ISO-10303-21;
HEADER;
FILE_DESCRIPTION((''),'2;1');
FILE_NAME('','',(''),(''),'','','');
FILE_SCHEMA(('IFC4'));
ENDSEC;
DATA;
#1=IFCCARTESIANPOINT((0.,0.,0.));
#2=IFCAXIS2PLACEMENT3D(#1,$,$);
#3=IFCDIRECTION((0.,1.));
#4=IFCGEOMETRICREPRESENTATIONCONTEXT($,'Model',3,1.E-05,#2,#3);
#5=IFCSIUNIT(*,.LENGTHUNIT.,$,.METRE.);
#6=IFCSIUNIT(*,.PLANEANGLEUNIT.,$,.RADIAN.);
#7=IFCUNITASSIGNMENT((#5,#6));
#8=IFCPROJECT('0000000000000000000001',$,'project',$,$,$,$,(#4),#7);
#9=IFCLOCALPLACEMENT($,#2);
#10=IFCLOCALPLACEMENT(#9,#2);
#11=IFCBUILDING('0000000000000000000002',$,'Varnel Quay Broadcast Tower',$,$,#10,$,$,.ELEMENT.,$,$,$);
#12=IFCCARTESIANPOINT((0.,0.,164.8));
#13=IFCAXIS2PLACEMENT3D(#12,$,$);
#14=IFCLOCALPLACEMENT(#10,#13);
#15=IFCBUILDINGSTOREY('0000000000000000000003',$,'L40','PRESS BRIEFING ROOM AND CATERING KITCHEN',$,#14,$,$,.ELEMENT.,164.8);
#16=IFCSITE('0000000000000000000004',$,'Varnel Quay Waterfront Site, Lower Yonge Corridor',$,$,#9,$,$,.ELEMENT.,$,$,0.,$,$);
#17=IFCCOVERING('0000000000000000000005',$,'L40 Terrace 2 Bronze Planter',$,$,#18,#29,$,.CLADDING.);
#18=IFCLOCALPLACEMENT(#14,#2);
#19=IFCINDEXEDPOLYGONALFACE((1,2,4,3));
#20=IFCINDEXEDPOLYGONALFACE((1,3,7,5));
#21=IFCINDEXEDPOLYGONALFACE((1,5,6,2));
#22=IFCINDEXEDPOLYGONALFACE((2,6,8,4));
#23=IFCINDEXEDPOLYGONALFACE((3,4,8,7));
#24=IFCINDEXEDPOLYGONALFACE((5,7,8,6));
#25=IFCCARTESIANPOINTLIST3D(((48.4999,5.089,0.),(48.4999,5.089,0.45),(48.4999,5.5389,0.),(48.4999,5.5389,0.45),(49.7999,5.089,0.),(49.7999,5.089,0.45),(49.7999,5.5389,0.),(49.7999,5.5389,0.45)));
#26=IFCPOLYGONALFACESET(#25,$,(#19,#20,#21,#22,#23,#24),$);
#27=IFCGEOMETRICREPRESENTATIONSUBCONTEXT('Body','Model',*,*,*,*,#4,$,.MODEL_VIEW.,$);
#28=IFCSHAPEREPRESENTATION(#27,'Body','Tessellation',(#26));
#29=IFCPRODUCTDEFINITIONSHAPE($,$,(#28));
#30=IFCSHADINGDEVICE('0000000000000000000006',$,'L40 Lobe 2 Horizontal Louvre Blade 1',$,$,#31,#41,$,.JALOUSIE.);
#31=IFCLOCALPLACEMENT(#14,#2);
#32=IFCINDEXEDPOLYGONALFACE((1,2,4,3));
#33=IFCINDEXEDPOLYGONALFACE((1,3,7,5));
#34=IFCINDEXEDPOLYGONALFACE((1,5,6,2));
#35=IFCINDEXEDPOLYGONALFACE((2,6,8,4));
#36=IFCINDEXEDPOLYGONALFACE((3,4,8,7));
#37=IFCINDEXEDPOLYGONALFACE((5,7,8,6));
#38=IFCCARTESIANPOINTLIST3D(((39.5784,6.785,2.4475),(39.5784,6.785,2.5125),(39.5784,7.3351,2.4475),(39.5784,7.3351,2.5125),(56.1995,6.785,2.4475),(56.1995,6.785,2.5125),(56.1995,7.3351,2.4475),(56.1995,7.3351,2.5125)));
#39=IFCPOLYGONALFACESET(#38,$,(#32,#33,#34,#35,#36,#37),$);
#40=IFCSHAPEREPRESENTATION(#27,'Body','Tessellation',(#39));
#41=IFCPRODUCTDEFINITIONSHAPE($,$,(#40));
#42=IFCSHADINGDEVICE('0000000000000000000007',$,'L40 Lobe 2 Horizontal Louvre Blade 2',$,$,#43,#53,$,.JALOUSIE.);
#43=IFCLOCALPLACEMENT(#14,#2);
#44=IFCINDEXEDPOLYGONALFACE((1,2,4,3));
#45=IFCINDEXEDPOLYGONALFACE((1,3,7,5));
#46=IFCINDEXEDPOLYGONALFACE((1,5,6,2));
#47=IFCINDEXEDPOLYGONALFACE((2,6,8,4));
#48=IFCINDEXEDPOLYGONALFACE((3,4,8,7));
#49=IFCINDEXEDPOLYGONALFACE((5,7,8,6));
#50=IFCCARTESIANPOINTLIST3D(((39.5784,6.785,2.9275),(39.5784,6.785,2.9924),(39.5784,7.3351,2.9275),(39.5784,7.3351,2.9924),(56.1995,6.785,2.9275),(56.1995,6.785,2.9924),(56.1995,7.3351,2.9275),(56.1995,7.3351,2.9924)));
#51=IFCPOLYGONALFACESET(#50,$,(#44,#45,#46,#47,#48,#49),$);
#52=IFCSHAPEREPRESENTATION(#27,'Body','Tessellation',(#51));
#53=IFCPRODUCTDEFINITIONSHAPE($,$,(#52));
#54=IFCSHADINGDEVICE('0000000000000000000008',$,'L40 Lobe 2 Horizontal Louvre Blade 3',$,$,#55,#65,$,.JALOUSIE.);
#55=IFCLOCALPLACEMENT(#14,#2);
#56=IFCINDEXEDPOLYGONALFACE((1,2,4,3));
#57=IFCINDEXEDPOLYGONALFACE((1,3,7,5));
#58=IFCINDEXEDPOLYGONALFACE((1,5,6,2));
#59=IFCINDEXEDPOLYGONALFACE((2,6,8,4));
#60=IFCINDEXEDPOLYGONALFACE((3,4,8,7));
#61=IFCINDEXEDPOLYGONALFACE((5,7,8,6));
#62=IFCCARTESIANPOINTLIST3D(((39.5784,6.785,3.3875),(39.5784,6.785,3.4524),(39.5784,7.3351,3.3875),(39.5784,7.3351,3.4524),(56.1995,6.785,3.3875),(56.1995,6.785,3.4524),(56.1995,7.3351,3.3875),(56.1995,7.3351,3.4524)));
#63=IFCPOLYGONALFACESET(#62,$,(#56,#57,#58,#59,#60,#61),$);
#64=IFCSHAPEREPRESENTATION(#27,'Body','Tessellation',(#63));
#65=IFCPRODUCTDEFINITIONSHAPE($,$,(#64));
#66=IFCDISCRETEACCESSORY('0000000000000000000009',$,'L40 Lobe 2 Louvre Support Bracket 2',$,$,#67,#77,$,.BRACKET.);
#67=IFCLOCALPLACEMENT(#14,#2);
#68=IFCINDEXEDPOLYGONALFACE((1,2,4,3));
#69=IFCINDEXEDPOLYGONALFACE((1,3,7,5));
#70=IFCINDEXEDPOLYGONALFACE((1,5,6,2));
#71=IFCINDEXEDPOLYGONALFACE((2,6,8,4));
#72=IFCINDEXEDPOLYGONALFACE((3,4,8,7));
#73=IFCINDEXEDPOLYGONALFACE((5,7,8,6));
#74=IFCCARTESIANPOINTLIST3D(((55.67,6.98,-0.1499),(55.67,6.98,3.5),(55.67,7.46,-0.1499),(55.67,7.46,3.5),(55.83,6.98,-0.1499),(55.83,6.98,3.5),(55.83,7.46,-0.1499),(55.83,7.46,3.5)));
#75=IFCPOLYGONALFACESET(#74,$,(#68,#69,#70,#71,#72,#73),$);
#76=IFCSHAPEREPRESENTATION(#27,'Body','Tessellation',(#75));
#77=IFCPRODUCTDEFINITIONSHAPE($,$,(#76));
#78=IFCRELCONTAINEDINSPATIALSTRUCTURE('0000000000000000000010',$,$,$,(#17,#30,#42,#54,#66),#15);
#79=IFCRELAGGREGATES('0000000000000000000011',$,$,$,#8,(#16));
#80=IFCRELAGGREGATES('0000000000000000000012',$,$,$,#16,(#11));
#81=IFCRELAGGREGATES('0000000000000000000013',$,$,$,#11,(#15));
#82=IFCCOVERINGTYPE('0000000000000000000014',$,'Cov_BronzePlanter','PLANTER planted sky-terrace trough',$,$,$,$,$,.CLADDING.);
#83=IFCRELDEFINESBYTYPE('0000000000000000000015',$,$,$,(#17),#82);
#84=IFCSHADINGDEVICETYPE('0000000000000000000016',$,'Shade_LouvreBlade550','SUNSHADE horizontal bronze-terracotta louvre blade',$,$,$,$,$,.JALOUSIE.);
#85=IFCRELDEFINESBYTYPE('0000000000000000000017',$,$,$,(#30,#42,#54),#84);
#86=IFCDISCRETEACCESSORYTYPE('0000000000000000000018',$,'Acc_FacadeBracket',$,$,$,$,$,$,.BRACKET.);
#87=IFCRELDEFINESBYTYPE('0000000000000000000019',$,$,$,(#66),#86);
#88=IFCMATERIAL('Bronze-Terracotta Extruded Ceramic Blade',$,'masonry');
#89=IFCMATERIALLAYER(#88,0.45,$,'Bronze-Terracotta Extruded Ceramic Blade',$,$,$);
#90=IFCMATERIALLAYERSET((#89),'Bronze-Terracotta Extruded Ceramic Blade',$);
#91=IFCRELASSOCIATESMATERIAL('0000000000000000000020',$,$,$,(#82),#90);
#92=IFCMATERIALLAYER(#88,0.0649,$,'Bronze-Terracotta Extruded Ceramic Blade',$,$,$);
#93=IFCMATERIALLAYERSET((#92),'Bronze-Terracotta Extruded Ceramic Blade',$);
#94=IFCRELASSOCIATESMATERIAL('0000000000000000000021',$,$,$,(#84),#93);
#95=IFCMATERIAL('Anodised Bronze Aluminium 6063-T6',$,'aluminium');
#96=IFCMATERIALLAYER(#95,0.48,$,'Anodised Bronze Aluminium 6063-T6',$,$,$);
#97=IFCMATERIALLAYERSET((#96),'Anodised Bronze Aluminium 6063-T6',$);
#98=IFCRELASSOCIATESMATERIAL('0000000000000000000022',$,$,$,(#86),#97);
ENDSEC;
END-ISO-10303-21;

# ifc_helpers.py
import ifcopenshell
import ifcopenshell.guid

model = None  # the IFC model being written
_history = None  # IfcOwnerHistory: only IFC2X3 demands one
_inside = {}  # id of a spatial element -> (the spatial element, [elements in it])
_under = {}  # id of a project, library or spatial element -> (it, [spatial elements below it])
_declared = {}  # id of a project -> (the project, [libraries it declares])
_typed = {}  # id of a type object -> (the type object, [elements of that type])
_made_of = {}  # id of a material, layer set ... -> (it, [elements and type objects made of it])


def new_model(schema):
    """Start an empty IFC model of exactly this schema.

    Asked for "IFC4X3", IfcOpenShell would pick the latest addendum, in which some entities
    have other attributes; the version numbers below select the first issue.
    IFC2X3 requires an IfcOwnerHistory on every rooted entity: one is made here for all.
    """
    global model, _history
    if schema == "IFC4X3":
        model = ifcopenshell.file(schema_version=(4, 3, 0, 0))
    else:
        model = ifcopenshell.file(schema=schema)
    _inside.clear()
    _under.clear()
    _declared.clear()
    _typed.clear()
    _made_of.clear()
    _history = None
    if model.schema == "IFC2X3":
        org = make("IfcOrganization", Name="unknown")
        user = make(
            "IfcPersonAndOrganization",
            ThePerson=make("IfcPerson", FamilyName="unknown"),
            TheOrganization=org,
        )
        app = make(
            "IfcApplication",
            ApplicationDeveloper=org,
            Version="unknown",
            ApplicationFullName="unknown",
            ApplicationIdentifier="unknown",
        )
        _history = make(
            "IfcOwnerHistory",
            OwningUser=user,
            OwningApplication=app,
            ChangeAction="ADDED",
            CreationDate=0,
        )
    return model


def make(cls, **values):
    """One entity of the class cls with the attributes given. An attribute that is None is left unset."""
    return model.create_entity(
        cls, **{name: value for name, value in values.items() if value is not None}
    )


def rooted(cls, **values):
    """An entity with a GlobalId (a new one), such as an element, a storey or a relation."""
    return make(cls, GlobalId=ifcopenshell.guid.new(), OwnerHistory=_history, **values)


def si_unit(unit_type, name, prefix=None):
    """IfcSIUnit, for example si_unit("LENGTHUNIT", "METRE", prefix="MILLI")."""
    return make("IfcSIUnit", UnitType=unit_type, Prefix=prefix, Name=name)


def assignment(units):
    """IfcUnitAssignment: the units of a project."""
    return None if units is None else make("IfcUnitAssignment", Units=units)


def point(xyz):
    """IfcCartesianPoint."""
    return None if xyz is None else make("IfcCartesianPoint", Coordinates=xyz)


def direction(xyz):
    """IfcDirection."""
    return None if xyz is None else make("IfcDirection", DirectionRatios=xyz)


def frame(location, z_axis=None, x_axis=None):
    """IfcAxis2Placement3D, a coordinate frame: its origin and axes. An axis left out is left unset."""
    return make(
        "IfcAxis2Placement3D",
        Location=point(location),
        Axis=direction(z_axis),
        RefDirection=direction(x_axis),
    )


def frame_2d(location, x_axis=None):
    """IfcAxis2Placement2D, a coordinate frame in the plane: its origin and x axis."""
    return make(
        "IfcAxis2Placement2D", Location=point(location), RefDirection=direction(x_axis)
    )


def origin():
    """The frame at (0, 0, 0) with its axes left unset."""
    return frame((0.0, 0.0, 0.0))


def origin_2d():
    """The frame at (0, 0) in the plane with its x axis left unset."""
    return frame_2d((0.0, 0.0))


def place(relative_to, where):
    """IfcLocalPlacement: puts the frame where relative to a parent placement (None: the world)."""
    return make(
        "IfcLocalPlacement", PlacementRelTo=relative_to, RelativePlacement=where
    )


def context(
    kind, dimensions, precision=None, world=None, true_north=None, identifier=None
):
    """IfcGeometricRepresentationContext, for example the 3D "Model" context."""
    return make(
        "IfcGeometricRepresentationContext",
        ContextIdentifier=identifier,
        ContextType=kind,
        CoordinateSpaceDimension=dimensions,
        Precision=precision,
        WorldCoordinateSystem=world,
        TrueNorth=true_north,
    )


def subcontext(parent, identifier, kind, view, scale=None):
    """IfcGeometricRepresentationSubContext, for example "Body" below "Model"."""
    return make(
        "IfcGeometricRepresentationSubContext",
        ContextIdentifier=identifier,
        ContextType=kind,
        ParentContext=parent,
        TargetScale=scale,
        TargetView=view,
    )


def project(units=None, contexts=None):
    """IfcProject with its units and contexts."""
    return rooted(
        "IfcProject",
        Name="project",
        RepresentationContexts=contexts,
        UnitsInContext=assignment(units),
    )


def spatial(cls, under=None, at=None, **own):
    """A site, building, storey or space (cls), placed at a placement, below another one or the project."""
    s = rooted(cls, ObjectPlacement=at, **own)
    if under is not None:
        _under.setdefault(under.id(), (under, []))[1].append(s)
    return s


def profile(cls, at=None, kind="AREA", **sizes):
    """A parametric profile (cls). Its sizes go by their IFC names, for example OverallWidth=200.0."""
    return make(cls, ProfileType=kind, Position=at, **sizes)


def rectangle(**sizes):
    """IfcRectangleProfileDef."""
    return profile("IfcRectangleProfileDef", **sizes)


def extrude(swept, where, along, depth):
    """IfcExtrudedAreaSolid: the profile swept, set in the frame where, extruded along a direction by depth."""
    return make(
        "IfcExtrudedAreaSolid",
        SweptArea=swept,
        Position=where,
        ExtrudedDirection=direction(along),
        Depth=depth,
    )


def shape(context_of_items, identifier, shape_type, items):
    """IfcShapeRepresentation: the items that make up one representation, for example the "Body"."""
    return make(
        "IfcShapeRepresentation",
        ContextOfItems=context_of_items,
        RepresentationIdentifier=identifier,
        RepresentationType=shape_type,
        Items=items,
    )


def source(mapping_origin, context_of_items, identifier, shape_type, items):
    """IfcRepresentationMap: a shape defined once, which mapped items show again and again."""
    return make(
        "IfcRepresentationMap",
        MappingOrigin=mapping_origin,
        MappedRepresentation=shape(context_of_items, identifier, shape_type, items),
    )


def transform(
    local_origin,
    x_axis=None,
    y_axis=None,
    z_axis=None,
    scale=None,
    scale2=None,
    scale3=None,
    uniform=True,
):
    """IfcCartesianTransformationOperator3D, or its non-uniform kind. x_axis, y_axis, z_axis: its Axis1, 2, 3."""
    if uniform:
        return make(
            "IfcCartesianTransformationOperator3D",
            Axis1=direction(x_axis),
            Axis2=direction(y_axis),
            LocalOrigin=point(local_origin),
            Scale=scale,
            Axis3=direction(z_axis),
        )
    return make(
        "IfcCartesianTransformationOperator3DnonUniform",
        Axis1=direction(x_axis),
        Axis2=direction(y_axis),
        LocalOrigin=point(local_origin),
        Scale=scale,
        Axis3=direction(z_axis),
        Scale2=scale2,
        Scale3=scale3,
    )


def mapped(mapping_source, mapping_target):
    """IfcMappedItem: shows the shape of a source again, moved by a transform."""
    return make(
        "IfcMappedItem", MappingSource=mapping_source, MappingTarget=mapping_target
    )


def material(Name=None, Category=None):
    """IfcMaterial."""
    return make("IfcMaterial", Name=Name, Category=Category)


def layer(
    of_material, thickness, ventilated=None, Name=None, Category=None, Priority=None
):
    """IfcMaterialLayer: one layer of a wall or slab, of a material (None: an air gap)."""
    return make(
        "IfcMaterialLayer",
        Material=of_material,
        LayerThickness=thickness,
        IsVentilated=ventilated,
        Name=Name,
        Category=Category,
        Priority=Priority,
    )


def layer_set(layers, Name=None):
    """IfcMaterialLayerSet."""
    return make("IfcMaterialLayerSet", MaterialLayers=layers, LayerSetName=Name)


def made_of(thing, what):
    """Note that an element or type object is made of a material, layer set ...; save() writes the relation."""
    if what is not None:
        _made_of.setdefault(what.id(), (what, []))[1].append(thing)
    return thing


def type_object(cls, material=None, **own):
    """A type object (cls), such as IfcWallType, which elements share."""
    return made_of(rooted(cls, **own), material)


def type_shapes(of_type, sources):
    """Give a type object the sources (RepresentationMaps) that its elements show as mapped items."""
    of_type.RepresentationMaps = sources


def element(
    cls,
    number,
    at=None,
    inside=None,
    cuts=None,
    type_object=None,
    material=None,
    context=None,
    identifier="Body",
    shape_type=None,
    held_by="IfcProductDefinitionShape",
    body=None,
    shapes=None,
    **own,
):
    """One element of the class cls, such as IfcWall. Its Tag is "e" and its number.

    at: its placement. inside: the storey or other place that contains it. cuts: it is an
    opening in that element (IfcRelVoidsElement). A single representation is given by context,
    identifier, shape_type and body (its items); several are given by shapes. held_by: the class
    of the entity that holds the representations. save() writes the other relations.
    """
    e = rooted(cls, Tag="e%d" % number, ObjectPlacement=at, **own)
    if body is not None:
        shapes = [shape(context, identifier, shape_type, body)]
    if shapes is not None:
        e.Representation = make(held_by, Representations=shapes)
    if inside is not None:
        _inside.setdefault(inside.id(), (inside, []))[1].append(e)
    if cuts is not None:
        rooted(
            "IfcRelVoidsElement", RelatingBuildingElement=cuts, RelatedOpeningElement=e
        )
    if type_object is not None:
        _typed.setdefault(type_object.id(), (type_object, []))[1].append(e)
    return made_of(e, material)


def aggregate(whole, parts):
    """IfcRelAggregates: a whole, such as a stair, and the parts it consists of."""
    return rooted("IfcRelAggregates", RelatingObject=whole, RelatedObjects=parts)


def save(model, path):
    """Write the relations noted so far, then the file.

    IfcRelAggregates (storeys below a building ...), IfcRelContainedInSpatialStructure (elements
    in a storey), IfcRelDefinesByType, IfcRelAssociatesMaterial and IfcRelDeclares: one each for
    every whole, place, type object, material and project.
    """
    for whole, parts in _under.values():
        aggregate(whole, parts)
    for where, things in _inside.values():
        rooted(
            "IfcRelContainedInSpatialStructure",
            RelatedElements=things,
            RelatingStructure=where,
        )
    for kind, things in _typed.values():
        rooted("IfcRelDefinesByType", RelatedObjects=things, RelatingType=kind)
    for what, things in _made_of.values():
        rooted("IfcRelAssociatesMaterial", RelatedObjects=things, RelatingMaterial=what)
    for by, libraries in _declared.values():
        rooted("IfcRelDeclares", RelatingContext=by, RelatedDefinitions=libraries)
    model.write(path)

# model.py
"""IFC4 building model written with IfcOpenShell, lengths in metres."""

from ifc_helpers import new_model, si_unit, direction, frame, origin, origin_2d, place, context, subcontext, project, spatial, rectangle, extrude, source, transform, mapped, material, layer, layer_set, type_object, type_shapes, element, save


model = new_model("IFC4")

# Units and contexts
model_context = context("Model", 3, precision=1e-05, world=origin(), true_north=direction((0.0, 1.0)))
body_context = subcontext(model_context, "Body", "Model", "MODEL_VIEW")
ifc_project = project(units=[si_unit("LENGTHUNIT", "METRE"), si_unit("PLANEANGLEUNIT", "RADIAN")], contexts=[model_context])

# Site, building, storey
site_placement = place(None, origin())
site = spatial("IfcSite", under=ifc_project, at=site_placement, Name="Varnel Quay Waterfront Site, Lower Yonge Corridor", CompositionType="ELEMENT", RefElevation=0.0)
building_placement = place(site_placement, origin())
building = spatial("IfcBuilding", under=site, at=building_placement, Name="Varnel Quay Broadcast Tower", CompositionType="ELEMENT")
storey_placement = place(building_placement, frame((0.0, 0.0, 164.8)))
storey = spatial("IfcBuildingStorey", under=building, at=storey_placement, Name="L40", Description="PRESS BRIEFING ROOM AND CATERING KITCHEN", CompositionType="ELEMENT", Elevation=164.8)

# Shared definitions
ifc_material_1 = material(Name="Anodised Bronze Aluminium 6063-T6", Category="aluminium")

# Covering
ifc_material_2 = material(Name="Bronze-Terracotta Extruded Ceramic Blade", Category="masonry")
ifc_layer_1 = layer(ifc_material_2, 0.45, Name="Bronze-Terracotta Extruded Ceramic Blade")
ifc_layer_set_1 = layer_set([ifc_layer_1], Name="Bronze-Terracotta Extruded Ceramic Blade")
covering_type = type_object("IfcCoveringType", Name="Cov_BronzePlanter", Description="PLANTER planted sky-terrace trough", PredefinedType="CLADDING", material=ifc_layer_set_1)
shared_shape_1 = source(origin(), body_context, "Body", "SweptSolid", [
    extrude(rectangle(XDim=1.3, YDim=0.45, at=origin_2d()), origin(), (0.0, 0.0, 1.0), 0.45),
])
type_shapes(covering_type, [shared_shape_1])
covering_placement = place(storey_placement, frame((49.1499, 5.314, 0.0), z_axis=(0.0, 0.0, 1.0), x_axis=(1.0, 0.0, 0.0)))
element("IfcCovering", 1, at=covering_placement, inside=storey, type_object=covering_type, Name="L40 Terrace 2 Bronze Planter", PredefinedType="CLADDING", context=body_context, shape_type="MappedRepresentation", body=[
    mapped(shared_shape_1, transform((0.0, 0.0, 0.0), x_axis=(1.0, 0.0, 0.0), y_axis=(0.0, 1.0, 0.0), z_axis=(0.0, 0.0, 1.0), scale=1.0)),
])

# Shading devices
ifc_layer_2 = layer(ifc_material_2, 0.0649, Name="Bronze-Terracotta Extruded Ceramic Blade")
ifc_layer_set_2 = layer_set([ifc_layer_2], Name="Bronze-Terracotta Extruded Ceramic Blade")
shading_device_type = type_object("IfcShadingDeviceType", Name="Shade_LouvreBlade550", Description="SUNSHADE horizontal bronze-terracotta louvre blade", PredefinedType="JALOUSIE", material=ifc_layer_set_2)
shared_shape_2 = source(origin(), body_context, "Body", "SweptSolid", [
    extrude(rectangle(XDim=16.6211, YDim=0.55, at=origin_2d()), origin(), (0.0, 0.0, 1.0), 0.0649),
])
type_shapes(shading_device_type, [shared_shape_2])
for number, where, z_axis, x_axis, name in (
    (2, (47.8889, 7.0601, 2.4475), (0.0, 0.0, 1.0), (1.0, 0.0, 0.0), "L40 Lobe 2 Horizontal Louvre Blade 1"),
    (3, (47.8889, 7.0601, 2.9275), (0.0, 0.0, 1.0), (1.0, 0.0, 0.0), "L40 Lobe 2 Horizontal Louvre Blade 2"),
    (4, (47.8889, 7.0601, 3.3875), (0.0, 0.0, 1.0), (1.0, 0.0, 0.0), "L40 Lobe 2 Horizontal Louvre Blade 3"),
):
    element("IfcShadingDevice", number, at=place(storey_placement, frame(where, z_axis=z_axis, x_axis=x_axis)), inside=storey, type_object=shading_device_type, Name=name, PredefinedType="JALOUSIE", context=body_context, shape_type="MappedRepresentation", body=[
        mapped(shared_shape_2, transform((0.0, 0.0, 0.0), x_axis=(1.0, 0.0, 0.0), y_axis=(0.0, 1.0, 0.0), z_axis=(0.0, 0.0, 1.0), scale=1.0)),
    ])

# Discrete accessory
ifc_layer_3 = layer(ifc_material_1, 0.48, Name="Anodised Bronze Aluminium 6063-T6")
ifc_layer_set_3 = layer_set([ifc_layer_3], Name="Anodised Bronze Aluminium 6063-T6")
discrete_accessory_type = type_object("IfcDiscreteAccessoryType", Name="Acc_FacadeBracket", PredefinedType="BRACKET", material=ifc_layer_set_3)
shared_shape_3 = source(origin(), body_context, "Body", "SweptSolid", [
    extrude(rectangle(XDim=0.1599, YDim=0.48, at=origin_2d()), origin(), (0.0, 0.0, 1.0), 3.6499),
])
type_shapes(discrete_accessory_type, [shared_shape_3])
discrete_accessory_placement = place(storey_placement, frame((55.75, 7.22, -0.1499), z_axis=(0.0, 0.0, 1.0), x_axis=(1.0, 0.0, 0.0)))
element("IfcDiscreteAccessory", 5, at=discrete_accessory_placement, inside=storey, type_object=discrete_accessory_type, Name="L40 Lobe 2 Louvre Support Bracket 2", PredefinedType="BRACKET", context=body_context, shape_type="MappedRepresentation", body=[
    mapped(shared_shape_3, transform((0.0, 0.0, 0.0), x_axis=(1.0, 0.0, 0.0), y_axis=(0.0, 1.0, 0.0), z_axis=(0.0, 0.0, 1.0), scale=1.0)),
])

save(model, "model.ifc")
